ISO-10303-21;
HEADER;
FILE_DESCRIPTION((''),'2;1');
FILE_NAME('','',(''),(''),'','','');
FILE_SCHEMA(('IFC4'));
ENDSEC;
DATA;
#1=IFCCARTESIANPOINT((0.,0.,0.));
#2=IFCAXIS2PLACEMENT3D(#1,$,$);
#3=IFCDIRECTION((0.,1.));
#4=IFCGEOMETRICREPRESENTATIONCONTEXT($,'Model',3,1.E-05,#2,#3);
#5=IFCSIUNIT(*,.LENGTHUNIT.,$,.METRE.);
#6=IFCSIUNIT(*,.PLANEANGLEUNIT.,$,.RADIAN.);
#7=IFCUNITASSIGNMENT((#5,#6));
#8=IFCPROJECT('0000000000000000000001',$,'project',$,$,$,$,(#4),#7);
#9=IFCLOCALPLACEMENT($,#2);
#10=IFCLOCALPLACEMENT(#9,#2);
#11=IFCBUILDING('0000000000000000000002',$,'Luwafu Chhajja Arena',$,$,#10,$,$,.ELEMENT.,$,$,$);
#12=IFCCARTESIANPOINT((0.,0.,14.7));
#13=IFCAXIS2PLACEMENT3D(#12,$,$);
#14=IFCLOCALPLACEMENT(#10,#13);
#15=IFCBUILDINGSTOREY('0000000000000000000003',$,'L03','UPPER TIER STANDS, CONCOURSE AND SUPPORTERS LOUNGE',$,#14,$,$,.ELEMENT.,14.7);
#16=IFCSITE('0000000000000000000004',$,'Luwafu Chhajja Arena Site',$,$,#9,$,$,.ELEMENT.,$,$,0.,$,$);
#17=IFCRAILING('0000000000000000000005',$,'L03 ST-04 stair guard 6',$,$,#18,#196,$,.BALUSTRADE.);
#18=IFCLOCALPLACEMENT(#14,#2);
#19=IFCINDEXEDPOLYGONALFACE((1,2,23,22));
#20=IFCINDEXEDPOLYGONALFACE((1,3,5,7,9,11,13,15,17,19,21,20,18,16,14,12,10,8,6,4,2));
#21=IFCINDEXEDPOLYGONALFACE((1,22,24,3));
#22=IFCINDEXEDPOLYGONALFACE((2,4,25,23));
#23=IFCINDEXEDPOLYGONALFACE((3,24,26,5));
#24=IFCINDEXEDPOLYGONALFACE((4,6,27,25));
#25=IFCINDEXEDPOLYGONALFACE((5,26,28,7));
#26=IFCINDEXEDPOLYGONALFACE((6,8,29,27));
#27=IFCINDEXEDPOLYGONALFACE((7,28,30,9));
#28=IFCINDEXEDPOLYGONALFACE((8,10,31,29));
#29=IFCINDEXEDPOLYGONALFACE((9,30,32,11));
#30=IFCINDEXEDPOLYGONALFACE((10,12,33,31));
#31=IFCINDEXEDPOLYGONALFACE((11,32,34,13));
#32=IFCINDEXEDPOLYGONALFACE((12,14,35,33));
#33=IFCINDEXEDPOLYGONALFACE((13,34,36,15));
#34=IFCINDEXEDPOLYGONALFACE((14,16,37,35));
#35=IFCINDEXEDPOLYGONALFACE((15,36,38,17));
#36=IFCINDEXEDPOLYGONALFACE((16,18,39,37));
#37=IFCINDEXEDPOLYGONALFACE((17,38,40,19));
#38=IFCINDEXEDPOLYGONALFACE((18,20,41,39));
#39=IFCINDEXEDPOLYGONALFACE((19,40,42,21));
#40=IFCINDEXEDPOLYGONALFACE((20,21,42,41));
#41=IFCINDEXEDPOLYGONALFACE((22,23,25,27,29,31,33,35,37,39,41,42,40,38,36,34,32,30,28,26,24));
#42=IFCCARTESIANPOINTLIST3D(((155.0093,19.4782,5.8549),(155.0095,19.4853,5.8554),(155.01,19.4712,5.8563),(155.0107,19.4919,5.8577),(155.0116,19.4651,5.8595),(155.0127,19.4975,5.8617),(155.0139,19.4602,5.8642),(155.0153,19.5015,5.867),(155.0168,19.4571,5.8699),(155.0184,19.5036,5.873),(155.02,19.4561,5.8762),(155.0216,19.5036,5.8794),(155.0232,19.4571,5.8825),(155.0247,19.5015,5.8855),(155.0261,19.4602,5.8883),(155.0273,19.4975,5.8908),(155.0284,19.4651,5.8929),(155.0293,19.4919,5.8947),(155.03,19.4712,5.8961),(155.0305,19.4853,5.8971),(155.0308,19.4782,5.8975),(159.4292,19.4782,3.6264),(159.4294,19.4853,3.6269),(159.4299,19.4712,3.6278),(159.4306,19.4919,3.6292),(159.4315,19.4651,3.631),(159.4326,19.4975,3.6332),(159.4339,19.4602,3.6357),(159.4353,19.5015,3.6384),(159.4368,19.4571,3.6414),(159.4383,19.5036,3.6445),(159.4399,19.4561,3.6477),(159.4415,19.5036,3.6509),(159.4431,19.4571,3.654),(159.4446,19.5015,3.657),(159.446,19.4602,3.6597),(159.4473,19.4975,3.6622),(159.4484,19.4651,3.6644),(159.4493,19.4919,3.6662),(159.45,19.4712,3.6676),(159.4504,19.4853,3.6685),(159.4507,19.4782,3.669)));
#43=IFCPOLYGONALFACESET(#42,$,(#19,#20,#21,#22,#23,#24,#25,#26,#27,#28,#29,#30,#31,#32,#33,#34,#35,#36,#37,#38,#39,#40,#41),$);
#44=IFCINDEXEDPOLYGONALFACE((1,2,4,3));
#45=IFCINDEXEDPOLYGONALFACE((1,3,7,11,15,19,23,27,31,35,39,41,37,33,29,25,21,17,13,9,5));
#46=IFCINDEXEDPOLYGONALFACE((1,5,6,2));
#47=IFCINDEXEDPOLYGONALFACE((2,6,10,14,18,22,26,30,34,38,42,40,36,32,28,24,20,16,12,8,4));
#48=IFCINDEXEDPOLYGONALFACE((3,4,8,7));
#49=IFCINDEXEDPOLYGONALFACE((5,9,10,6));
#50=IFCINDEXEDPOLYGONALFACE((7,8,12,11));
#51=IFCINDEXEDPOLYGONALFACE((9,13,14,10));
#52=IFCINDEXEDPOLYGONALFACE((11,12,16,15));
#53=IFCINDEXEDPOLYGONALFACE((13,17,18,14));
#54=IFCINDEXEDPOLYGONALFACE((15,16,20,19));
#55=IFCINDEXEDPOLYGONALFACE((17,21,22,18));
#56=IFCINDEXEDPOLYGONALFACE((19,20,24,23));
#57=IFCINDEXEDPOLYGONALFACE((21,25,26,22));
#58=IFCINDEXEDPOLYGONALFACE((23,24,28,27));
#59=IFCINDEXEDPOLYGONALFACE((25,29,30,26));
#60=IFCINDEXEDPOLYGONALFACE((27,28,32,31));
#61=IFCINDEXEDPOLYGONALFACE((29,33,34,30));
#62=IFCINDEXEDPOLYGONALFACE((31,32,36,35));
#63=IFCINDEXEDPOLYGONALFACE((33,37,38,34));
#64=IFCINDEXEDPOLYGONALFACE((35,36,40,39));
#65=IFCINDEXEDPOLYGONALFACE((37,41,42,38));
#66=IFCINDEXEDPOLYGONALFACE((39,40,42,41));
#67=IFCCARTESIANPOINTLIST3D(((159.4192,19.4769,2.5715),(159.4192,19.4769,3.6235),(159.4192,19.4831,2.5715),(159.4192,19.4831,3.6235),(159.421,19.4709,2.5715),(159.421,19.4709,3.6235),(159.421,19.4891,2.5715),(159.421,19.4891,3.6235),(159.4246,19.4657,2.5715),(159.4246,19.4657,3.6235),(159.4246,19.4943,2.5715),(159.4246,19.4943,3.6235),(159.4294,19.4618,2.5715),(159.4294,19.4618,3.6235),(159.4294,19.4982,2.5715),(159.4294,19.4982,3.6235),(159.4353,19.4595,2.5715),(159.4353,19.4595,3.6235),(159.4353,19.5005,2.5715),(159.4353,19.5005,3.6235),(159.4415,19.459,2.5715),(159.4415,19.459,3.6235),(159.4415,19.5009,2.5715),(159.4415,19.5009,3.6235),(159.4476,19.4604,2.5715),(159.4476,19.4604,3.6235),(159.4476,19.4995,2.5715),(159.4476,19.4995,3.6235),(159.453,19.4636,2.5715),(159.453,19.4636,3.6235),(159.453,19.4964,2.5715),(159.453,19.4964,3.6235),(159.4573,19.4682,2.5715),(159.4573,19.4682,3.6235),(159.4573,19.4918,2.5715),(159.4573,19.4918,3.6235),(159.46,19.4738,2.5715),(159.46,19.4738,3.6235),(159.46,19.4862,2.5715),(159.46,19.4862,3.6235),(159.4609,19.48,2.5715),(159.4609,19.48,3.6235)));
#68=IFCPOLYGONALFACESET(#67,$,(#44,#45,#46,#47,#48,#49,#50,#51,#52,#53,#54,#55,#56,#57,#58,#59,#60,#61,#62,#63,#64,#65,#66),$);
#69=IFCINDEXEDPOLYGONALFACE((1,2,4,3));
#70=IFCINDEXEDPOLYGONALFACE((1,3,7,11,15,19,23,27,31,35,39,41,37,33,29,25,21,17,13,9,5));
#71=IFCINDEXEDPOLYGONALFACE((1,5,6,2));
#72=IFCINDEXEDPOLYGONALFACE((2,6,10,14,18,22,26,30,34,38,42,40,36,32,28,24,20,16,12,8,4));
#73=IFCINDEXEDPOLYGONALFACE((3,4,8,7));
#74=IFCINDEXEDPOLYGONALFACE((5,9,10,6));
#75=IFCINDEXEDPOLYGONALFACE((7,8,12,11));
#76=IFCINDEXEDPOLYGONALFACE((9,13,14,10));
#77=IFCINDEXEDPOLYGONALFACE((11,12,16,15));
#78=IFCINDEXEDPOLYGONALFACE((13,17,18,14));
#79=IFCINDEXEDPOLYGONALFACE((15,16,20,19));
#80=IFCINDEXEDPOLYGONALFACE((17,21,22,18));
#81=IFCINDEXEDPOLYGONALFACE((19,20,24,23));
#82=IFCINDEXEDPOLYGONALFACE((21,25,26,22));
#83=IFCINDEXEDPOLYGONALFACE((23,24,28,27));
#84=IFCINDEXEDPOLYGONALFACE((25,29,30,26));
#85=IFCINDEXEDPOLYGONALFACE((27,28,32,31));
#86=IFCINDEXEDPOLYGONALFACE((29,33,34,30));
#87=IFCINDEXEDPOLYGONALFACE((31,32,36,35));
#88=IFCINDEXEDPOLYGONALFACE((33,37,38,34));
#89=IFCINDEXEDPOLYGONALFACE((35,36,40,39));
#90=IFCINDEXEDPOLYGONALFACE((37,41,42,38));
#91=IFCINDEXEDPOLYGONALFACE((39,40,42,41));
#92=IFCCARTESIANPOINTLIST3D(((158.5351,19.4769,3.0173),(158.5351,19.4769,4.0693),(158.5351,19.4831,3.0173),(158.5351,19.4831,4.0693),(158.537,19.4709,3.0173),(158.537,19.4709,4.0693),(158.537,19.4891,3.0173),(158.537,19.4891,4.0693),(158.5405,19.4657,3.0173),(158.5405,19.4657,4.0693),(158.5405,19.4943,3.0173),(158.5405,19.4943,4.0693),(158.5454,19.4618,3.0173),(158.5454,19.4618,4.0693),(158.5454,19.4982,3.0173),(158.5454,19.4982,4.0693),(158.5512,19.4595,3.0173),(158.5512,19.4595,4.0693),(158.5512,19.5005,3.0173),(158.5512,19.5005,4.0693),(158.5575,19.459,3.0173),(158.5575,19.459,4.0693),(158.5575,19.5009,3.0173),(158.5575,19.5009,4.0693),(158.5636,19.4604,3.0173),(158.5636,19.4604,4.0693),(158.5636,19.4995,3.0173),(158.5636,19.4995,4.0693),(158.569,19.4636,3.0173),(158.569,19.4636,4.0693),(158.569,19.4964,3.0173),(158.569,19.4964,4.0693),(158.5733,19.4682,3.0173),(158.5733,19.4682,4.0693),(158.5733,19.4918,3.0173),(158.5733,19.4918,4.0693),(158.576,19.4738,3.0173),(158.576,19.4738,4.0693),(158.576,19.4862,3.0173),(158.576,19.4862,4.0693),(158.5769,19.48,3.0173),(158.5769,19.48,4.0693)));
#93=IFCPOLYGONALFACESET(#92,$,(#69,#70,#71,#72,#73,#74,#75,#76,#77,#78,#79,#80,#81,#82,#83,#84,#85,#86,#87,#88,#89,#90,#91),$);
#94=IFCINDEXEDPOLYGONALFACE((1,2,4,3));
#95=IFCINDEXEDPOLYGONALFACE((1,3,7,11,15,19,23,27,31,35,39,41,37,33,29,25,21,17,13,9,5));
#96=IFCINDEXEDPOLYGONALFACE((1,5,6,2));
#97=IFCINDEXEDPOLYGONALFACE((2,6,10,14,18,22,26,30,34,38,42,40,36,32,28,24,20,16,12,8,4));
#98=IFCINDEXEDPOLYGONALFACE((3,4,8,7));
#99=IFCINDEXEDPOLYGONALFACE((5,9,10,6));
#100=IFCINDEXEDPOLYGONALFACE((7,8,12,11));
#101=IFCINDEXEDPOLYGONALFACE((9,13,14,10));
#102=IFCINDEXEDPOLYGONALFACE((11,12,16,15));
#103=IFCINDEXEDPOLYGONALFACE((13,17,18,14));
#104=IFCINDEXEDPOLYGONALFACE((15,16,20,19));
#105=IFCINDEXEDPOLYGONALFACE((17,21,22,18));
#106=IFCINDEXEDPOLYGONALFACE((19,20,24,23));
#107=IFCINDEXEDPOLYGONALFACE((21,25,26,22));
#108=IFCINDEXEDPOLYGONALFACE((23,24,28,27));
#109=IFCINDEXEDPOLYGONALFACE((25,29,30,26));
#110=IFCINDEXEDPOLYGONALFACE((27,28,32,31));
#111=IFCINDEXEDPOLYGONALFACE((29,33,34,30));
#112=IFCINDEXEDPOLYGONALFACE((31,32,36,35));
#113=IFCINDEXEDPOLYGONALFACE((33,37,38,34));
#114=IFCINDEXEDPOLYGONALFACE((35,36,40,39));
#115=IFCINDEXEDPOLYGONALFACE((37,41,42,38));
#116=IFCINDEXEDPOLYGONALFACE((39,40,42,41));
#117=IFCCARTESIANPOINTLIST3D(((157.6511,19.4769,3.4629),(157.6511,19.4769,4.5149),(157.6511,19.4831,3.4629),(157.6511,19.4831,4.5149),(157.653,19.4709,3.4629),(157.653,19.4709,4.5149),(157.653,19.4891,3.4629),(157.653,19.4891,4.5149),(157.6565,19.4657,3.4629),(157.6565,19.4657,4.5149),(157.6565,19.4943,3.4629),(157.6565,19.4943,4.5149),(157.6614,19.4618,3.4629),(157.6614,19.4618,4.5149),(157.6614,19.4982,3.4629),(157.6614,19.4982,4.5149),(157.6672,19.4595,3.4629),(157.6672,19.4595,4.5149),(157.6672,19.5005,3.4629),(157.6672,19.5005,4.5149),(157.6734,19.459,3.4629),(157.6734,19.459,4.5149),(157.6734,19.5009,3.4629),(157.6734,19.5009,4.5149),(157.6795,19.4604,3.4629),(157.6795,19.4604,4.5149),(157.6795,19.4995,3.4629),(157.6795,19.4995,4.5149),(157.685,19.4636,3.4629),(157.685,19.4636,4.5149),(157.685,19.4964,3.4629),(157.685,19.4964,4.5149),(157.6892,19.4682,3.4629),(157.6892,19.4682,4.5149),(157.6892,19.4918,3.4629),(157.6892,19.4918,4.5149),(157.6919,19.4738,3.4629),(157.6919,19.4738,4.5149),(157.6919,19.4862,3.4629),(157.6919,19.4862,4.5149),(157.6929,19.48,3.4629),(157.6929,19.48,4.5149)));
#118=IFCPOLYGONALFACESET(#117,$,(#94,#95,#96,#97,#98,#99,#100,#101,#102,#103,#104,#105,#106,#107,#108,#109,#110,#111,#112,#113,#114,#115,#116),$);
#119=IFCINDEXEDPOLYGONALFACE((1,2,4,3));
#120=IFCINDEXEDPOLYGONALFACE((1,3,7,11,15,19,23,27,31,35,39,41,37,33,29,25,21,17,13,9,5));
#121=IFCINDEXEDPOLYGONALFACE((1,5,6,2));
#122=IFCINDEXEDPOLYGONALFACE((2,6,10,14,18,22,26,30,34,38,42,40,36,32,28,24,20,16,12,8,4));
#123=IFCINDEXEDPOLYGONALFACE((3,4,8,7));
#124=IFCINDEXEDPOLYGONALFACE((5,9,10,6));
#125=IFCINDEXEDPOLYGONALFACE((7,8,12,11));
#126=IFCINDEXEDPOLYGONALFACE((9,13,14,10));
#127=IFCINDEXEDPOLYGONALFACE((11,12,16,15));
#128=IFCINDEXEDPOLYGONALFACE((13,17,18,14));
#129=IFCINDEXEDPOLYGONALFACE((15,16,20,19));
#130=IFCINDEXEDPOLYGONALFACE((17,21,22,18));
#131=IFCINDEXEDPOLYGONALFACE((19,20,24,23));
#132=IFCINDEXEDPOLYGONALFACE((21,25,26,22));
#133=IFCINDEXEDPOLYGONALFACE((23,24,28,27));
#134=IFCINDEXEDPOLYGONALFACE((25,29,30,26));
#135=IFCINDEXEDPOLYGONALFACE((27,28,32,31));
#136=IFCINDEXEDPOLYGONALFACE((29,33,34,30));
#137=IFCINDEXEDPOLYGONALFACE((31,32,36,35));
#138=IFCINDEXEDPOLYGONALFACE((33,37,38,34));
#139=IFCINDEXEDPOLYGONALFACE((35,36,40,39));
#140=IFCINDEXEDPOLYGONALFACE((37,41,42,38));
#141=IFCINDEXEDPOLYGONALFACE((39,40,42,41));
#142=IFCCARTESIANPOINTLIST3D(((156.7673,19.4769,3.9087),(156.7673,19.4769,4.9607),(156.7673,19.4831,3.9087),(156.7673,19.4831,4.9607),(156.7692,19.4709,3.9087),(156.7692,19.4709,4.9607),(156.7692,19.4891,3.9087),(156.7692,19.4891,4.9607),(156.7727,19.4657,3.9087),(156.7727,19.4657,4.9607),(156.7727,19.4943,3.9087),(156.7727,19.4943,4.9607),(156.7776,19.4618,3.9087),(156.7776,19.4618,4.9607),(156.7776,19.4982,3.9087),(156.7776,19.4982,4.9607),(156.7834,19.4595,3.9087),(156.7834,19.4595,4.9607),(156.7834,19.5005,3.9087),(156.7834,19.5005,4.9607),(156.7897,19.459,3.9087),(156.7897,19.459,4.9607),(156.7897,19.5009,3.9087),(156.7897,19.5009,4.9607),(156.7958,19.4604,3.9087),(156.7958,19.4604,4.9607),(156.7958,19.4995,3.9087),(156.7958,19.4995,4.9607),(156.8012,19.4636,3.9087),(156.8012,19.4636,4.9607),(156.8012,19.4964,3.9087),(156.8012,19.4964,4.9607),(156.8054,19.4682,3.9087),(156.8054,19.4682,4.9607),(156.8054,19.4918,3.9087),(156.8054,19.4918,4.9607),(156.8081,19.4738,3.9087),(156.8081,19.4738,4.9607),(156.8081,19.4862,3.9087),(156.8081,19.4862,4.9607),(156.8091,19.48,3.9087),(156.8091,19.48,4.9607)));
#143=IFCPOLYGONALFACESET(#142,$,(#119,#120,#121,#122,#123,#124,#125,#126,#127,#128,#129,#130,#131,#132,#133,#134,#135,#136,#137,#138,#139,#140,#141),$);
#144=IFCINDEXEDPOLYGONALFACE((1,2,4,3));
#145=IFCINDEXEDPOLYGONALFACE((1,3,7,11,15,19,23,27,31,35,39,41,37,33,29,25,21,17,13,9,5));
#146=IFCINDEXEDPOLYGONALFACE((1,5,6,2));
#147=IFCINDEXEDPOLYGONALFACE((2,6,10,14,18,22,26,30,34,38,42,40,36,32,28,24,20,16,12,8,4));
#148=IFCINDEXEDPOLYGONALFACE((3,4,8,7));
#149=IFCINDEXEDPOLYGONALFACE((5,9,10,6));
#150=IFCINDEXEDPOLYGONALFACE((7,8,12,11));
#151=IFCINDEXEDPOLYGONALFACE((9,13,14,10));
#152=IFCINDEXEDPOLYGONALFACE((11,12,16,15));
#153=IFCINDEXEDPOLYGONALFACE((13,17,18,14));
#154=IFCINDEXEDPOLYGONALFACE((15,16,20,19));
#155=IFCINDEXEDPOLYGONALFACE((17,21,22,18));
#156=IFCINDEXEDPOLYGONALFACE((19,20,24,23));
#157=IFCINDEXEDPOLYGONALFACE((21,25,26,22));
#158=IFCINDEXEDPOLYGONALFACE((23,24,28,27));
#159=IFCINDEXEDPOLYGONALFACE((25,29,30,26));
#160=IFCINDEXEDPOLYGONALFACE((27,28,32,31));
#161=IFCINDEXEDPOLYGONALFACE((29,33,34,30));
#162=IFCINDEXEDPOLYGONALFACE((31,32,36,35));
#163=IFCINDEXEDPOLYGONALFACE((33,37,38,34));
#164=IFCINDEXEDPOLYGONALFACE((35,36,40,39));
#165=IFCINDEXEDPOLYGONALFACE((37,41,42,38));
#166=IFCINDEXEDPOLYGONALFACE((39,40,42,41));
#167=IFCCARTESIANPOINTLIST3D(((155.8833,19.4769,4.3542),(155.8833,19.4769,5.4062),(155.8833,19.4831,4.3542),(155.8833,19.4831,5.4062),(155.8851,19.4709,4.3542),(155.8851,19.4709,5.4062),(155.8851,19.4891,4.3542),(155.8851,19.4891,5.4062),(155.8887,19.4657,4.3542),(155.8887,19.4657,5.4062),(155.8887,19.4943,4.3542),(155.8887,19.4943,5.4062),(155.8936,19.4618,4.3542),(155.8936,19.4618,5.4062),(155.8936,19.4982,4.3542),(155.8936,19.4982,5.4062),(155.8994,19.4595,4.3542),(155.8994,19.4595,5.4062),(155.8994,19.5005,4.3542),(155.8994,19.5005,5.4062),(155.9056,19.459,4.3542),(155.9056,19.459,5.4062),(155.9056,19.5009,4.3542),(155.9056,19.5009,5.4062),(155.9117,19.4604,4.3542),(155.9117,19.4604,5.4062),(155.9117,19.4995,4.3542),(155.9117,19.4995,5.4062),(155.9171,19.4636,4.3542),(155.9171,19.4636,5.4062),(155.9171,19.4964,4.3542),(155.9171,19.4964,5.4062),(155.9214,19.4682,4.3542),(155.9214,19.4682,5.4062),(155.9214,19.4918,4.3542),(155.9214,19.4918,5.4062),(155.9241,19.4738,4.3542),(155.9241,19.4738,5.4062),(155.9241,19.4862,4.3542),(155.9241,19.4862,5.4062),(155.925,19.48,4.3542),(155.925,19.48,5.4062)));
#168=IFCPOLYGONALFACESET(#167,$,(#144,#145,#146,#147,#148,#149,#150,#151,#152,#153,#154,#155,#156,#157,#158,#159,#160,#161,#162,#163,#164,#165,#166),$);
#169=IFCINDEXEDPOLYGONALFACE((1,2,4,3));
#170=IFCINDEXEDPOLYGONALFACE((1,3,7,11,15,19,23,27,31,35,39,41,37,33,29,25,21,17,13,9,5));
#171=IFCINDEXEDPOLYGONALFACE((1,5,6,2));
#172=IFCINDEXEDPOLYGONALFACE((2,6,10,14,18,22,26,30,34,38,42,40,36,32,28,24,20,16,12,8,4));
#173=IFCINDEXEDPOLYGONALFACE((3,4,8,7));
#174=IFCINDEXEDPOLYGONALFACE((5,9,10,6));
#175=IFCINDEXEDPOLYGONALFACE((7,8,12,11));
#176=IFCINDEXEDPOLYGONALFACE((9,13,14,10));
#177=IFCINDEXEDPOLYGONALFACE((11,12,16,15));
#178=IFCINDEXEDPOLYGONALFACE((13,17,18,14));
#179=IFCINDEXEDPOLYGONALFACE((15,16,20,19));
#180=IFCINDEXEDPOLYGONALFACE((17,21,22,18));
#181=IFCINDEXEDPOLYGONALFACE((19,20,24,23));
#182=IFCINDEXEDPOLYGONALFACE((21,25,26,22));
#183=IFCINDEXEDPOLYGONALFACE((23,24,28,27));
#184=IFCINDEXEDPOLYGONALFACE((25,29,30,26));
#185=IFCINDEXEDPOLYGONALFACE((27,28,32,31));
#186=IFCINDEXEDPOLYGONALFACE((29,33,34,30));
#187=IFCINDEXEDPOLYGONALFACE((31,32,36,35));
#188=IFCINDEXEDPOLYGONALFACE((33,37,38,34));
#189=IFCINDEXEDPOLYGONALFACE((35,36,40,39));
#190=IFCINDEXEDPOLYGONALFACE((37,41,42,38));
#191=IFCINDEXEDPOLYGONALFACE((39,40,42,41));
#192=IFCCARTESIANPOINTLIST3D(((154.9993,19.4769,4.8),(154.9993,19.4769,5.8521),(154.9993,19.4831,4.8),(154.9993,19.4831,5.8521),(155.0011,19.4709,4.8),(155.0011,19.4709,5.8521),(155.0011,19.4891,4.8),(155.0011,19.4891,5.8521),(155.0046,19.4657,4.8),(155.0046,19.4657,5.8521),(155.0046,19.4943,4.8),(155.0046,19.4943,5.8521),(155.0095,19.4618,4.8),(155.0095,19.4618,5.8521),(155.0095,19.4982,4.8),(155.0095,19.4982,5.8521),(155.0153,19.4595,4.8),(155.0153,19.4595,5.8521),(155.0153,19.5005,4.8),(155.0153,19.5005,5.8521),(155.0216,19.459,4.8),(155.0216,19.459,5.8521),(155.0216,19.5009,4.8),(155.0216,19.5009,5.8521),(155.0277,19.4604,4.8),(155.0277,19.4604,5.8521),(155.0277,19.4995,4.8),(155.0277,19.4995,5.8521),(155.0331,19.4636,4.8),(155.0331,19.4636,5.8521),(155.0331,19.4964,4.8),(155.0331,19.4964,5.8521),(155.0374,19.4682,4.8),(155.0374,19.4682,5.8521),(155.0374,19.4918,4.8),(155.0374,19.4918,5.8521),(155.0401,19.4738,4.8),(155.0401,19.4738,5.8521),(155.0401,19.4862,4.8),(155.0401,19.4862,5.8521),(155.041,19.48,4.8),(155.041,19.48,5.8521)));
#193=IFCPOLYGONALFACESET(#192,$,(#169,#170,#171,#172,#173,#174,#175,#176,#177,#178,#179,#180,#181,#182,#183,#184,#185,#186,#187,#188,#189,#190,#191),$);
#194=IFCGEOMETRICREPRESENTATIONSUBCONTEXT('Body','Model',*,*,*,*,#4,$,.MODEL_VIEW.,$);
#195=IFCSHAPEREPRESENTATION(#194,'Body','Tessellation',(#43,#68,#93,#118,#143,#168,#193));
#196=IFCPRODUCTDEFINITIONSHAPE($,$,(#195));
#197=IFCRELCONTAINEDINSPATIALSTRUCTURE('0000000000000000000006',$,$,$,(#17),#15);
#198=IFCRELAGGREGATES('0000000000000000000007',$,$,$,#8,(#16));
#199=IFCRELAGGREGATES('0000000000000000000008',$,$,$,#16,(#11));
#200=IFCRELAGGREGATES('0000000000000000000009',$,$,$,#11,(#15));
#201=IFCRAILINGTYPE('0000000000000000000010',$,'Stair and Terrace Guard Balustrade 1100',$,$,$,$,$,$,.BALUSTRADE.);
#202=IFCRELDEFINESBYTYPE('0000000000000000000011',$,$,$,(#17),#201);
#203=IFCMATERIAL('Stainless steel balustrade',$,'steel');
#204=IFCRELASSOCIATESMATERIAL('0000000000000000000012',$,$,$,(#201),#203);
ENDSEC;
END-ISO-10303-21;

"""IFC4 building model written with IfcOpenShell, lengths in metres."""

from ifc_helpers import new_model, si_unit, direction, frame, origin, origin_2d, place, context, subcontext, project, spatial, circle, extrude, material, type_object, element, save


model = new_model("IFC4")

# Units and contexts
model_context = context("Model", 3, precision=1e-05, world=origin(), true_north=direction((0.0, 1.0)))
body_context = subcontext(model_context, "Body", "Model", "MODEL_VIEW")
ifc_project = project(units=[si_unit("LENGTHUNIT", "METRE"), si_unit("PLANEANGLEUNIT", "RADIAN")], contexts=[model_context])

# Site, building, storey
site_placement = place(None, origin())
site = spatial("IfcSite", under=ifc_project, at=site_placement, Name="Luwafu Chhajja Arena Site", CompositionType="ELEMENT", RefElevation=0.0)
building_placement = place(site_placement, origin())
building = spatial("IfcBuilding", under=site, at=building_placement, Name="Luwafu Chhajja Arena", CompositionType="ELEMENT")
storey_placement = place(building_placement, frame((0.0, 0.0, 14.7)))
storey = spatial("IfcBuildingStorey", under=building, at=storey_placement, Name="L03", Description="UPPER TIER STANDS, CONCOURSE AND SUPPORTERS LOUNGE", CompositionType="ELEMENT", Elevation=14.7)

# Railing
ifc_material_1 = material(Name="Stainless steel balustrade", Category="steel")
railing_type_1 = type_object("IfcRailingType", Name="Stair and Terrace Guard Balustrade 1100", PredefinedType="BALUSTRADE", material=ifc_material_1)
railing_1_placement = place(storey_placement, frame((159.4399, 19.48, 2.5715)))
element("IfcRailing", 1, at=railing_1_placement, inside=storey, type_object=railing_type_1, Name="L03 ST-04 stair guard 6", PredefinedType="BALUSTRADE", context=body_context, shape_type="SweptSolid", body=[
    extrude(circle(Radius=0.0239, at=origin_2d()), frame((0.0, 0.0, 1.0762), z_axis=(-0.892923, 0.0, 0.45021), x_axis=(0.0, -1.0, 0.0)), (0.0, 0.0, 1.0), 4.95),
    extrude(circle(Radius=0.021, at=origin_2d()), origin(), (0.0, 0.0, 1.0), 1.052),
    extrude(circle(Radius=0.021, at=origin_2d()), frame((-0.884, 0.0, 0.4458)), (0.0, 0.0, 1.0), 1.052),
    extrude(circle(Radius=0.021, at=origin_2d()), frame((-1.7681, 0.0, 0.8914)), (0.0, 0.0, 1.0), 1.052),
    extrude(circle(Radius=0.021, at=origin_2d()), frame((-2.6519, 0.0, 1.3372)), (0.0, 0.0, 1.0), 1.052),
    extrude(circle(Radius=0.021, at=origin_2d()), frame((-3.5359, 0.0, 1.7827)), (0.0, 0.0, 1.0), 1.052),
    extrude(circle(Radius=0.021, at=origin_2d()), frame((-4.4199, 0.0, 2.2285)), (0.0, 0.0, 1.0), 1.052),
])

save(model, "model.ifc")
